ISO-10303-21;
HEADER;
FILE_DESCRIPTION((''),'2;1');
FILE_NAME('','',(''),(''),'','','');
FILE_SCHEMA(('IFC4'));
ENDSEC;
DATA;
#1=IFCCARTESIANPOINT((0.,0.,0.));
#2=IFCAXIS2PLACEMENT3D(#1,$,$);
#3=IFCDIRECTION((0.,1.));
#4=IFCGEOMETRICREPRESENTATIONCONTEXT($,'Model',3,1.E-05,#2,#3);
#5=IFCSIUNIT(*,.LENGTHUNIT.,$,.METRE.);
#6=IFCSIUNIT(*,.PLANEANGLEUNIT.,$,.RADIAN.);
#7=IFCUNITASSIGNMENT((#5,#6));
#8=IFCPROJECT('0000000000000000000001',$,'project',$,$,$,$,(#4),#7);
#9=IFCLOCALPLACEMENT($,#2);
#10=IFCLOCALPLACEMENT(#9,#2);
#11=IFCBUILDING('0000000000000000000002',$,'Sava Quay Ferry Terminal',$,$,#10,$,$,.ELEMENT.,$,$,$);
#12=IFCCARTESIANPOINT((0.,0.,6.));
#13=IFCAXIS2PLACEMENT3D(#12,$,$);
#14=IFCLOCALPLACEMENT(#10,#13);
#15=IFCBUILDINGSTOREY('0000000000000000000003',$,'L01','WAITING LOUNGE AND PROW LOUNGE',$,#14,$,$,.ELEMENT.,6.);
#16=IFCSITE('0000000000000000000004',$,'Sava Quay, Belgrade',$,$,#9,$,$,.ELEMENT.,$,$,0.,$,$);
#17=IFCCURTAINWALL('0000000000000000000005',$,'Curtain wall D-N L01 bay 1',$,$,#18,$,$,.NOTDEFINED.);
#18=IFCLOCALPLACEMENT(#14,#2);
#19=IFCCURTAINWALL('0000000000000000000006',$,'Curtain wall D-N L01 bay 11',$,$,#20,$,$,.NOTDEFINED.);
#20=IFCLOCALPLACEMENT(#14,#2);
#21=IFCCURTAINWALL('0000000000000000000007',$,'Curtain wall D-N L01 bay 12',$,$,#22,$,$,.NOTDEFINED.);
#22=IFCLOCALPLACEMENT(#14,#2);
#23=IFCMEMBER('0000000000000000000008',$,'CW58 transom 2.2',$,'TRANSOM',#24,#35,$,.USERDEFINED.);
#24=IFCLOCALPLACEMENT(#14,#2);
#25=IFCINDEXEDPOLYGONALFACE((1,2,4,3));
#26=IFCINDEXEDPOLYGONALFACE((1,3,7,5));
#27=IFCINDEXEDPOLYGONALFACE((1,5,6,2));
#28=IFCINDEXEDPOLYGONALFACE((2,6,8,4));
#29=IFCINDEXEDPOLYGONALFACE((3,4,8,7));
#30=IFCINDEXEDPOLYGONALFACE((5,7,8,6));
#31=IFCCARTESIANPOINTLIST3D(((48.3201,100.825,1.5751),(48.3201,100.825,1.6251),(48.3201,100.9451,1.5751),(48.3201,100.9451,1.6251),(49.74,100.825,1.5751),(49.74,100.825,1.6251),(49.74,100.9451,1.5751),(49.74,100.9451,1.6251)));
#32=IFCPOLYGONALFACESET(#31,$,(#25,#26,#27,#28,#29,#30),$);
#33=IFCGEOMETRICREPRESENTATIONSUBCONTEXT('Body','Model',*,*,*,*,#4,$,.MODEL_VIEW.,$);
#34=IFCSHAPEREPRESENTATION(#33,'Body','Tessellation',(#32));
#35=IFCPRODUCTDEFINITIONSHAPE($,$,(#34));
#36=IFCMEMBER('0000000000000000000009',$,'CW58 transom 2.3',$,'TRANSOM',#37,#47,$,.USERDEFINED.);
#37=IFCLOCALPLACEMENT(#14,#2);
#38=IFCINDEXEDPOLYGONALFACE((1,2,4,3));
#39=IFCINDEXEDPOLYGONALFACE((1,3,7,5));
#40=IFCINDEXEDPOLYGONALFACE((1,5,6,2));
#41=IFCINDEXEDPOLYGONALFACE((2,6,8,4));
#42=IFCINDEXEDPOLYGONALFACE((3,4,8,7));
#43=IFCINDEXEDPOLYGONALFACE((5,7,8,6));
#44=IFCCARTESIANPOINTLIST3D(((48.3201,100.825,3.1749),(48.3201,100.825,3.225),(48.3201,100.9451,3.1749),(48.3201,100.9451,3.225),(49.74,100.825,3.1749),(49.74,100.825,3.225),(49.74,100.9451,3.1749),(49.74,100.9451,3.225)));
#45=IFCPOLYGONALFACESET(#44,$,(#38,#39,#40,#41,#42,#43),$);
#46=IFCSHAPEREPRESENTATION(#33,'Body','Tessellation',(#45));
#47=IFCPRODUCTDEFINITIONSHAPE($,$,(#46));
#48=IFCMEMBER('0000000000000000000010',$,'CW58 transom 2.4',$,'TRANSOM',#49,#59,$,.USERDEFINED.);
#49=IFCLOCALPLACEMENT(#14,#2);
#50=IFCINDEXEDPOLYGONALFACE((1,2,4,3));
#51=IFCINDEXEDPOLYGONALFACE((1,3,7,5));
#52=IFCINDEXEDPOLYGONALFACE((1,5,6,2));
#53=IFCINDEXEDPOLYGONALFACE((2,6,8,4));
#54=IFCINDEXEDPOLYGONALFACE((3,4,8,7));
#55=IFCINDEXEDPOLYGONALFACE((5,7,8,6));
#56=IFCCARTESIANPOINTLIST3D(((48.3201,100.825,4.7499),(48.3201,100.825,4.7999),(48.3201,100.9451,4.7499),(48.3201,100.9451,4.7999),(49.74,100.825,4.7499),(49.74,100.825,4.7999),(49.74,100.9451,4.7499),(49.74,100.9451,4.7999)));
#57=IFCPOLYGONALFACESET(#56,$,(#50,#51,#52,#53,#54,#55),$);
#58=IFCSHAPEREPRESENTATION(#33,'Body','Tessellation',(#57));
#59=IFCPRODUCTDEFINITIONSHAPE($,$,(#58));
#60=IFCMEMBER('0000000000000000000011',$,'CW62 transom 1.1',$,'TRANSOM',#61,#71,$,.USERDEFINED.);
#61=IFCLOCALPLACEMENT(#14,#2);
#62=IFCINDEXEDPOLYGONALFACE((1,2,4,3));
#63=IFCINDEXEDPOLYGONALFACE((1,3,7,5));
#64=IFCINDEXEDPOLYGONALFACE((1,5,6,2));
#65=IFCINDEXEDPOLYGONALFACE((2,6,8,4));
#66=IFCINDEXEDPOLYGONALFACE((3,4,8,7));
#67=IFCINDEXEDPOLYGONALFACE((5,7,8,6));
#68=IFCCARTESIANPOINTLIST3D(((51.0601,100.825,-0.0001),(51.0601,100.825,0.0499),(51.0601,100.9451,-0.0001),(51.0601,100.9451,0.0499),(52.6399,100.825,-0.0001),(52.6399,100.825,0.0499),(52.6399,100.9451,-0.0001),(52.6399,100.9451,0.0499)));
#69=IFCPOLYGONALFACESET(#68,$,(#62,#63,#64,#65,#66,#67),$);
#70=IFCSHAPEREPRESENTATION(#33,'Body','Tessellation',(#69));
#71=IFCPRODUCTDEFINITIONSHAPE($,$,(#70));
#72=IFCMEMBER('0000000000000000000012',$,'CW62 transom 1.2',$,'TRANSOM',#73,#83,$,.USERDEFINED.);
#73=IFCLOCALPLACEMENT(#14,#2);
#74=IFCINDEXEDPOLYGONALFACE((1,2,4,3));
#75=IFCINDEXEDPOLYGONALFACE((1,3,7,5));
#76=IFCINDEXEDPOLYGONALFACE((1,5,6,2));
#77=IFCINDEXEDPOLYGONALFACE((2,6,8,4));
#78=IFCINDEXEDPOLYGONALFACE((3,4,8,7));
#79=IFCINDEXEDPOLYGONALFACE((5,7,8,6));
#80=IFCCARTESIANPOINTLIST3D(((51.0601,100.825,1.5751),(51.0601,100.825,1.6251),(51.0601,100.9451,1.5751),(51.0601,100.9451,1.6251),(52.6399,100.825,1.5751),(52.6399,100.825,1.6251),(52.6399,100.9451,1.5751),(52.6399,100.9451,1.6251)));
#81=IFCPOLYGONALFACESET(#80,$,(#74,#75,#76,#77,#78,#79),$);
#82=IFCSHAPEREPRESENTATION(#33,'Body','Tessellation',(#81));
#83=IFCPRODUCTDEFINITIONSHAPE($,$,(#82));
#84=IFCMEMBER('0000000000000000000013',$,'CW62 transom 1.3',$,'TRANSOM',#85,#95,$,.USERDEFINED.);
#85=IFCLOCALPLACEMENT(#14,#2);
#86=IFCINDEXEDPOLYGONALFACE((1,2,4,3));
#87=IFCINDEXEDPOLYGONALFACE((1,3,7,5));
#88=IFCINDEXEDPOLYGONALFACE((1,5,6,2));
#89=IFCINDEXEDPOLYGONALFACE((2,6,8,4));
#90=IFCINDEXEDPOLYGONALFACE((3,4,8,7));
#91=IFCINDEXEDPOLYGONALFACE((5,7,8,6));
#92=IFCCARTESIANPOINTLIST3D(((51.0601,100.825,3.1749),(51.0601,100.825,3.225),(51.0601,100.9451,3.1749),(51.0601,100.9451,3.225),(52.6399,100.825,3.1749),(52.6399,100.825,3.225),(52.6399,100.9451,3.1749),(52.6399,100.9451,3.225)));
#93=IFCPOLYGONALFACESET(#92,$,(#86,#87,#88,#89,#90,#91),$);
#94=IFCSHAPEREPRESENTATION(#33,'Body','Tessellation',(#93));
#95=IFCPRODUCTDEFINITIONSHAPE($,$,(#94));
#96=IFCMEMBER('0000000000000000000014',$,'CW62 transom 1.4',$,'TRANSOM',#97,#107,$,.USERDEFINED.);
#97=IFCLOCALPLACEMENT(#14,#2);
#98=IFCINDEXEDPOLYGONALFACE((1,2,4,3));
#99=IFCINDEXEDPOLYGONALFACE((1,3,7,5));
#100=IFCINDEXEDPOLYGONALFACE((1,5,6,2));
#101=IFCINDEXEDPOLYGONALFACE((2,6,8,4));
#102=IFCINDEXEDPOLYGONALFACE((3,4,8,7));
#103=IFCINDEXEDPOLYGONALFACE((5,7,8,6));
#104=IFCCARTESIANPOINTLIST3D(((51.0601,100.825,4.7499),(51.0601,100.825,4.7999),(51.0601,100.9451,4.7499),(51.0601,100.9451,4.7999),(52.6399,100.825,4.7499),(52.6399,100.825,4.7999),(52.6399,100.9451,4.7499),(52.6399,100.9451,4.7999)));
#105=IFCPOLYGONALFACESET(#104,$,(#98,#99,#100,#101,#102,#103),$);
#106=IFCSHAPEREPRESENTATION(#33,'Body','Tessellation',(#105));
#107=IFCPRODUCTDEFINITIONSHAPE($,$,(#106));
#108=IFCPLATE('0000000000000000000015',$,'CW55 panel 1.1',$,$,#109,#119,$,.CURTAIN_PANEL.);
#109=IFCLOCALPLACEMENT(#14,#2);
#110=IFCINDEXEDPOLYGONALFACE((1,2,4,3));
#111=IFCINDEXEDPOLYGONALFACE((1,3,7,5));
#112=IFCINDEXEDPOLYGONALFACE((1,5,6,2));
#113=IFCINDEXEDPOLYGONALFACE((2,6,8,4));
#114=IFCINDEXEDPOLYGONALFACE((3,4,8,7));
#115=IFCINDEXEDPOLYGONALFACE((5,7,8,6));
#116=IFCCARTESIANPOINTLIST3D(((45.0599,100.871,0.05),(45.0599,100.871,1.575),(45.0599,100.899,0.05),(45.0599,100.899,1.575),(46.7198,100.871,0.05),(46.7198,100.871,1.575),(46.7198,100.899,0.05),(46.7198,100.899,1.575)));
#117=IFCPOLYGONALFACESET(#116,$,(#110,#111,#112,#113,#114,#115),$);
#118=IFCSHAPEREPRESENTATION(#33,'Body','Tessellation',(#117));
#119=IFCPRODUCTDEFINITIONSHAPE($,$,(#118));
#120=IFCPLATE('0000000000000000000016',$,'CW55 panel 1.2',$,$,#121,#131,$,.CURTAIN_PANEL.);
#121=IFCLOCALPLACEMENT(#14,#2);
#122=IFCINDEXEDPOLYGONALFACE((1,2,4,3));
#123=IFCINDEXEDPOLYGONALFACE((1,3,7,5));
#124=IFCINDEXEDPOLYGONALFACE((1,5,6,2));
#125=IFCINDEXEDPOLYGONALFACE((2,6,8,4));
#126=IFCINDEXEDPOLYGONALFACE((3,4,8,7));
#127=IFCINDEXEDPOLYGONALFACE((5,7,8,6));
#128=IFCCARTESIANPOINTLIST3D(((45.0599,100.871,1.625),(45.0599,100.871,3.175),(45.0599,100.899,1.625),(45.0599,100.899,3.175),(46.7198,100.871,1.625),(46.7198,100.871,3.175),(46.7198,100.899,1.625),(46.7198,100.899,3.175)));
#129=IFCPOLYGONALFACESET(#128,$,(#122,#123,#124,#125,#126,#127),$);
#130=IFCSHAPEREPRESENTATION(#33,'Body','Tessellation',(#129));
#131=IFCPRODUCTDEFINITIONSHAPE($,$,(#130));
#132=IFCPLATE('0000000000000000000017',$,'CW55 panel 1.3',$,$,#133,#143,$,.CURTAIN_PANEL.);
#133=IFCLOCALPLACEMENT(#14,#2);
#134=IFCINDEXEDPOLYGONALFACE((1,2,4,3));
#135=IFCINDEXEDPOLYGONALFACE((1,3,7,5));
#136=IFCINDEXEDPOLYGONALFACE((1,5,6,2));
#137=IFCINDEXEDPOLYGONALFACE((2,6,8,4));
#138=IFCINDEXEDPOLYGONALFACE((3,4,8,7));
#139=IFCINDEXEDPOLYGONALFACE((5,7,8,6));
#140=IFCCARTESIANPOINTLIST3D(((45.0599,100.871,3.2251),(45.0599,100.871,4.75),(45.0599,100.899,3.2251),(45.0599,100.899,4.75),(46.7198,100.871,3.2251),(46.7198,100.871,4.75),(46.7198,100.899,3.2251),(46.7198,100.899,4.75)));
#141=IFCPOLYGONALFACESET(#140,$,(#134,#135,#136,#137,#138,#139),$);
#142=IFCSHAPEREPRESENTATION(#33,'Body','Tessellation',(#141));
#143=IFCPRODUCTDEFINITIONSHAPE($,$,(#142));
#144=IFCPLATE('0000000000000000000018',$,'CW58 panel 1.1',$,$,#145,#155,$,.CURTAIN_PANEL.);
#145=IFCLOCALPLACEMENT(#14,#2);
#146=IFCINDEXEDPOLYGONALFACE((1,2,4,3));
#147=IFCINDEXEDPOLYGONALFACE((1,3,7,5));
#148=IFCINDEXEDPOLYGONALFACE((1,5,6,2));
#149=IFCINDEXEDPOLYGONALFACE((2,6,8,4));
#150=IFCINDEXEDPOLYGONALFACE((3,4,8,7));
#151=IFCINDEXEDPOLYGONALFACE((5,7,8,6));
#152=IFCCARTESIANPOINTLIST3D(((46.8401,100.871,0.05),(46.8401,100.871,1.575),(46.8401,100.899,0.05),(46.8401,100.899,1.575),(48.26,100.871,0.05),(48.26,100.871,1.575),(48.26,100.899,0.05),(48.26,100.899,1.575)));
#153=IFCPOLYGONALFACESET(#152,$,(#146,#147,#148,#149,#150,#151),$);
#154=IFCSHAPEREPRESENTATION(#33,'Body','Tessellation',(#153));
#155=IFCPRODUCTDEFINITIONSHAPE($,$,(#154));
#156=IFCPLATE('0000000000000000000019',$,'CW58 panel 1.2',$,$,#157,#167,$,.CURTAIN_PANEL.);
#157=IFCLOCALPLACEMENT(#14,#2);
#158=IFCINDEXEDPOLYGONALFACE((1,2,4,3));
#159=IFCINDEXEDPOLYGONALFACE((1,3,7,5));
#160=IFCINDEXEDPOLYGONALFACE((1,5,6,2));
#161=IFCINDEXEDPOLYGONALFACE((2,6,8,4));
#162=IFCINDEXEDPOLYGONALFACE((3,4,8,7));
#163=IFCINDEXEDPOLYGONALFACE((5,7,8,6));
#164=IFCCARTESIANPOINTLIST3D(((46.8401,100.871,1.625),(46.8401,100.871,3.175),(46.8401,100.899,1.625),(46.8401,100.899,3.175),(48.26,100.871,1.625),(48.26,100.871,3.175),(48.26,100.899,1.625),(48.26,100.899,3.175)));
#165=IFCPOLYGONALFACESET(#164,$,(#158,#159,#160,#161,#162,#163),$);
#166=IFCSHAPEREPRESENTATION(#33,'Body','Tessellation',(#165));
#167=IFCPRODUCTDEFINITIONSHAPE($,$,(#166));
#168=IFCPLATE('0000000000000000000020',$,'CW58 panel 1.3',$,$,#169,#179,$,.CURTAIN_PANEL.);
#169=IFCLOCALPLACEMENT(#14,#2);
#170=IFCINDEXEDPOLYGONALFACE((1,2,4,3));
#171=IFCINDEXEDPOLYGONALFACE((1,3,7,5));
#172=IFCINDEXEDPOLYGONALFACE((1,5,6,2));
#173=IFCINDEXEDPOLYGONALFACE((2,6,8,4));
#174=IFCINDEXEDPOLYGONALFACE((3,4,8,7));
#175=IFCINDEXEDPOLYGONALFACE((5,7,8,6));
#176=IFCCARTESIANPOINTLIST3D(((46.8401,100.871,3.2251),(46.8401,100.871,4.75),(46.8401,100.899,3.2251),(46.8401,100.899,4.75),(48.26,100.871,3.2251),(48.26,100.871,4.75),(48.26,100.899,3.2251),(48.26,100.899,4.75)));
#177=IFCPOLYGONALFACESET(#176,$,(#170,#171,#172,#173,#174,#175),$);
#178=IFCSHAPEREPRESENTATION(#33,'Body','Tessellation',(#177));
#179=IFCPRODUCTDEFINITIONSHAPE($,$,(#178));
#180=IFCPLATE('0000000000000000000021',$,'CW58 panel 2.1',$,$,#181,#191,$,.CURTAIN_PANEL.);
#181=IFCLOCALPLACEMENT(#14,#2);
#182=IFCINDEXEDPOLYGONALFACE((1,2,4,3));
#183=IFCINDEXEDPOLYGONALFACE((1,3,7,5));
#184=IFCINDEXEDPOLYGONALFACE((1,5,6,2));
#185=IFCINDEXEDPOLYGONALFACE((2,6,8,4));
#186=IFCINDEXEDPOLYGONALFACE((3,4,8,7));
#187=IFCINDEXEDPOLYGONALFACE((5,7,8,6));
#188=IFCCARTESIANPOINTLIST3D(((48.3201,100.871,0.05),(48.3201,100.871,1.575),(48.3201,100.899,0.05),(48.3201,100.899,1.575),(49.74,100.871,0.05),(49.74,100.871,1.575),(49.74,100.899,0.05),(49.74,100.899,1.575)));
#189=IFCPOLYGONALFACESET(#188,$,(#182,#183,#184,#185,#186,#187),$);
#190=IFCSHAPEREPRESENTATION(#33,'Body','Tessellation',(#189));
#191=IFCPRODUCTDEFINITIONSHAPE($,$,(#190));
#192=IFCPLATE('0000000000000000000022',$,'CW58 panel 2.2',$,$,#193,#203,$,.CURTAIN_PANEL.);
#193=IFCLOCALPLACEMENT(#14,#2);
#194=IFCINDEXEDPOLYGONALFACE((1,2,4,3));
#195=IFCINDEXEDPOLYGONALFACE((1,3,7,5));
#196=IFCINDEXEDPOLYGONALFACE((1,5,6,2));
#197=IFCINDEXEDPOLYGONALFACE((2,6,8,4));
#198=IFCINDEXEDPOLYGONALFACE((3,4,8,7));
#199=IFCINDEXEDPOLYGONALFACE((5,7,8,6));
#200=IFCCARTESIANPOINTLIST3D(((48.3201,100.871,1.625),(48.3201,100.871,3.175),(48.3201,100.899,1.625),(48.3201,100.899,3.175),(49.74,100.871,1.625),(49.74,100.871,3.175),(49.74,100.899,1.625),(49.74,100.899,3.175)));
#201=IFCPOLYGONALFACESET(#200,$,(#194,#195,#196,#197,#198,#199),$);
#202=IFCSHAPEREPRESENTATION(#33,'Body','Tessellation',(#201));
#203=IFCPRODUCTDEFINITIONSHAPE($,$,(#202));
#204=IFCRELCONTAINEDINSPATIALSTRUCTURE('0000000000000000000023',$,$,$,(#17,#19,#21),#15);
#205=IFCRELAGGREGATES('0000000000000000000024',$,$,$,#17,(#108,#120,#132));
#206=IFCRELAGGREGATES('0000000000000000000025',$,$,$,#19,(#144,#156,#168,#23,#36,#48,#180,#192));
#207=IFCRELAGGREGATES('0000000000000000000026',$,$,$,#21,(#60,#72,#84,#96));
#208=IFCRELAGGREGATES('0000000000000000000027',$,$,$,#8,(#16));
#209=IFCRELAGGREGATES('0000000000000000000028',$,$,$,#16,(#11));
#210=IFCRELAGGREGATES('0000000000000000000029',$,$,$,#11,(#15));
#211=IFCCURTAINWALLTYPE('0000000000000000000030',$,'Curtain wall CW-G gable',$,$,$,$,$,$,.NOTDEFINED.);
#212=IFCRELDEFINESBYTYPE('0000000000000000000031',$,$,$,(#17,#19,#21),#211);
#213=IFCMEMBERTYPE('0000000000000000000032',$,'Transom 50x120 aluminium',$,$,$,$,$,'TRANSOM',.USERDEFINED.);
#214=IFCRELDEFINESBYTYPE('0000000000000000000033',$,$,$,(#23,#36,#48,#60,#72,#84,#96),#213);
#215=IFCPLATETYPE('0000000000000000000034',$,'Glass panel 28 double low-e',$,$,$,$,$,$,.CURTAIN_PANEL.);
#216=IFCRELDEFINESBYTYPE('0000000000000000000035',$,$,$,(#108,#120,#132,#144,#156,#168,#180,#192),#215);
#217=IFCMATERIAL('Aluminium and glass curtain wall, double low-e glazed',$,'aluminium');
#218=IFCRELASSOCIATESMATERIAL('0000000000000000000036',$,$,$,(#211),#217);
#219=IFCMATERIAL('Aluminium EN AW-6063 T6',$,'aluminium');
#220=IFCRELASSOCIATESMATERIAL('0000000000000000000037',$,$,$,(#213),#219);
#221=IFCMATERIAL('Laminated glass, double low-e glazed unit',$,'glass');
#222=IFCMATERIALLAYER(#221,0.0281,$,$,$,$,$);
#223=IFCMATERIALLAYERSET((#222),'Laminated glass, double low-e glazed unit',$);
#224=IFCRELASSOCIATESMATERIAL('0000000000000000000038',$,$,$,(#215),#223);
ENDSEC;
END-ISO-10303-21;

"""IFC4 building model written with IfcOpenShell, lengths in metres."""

from ifc_helpers import new_model, si_unit, direction, frame, origin, origin_2d, place, context, subcontext, project, spatial, rectangle, extrude, material, layer, layer_set, material_profile, profile_set, type_object, element, aggregate, save


model = new_model("IFC4")

# Units and contexts
model_context = context("Model", 3, precision=1e-05, world=origin(), true_north=direction((0.0, 1.0)))
body_context = subcontext(model_context, "Body", "Model", "MODEL_VIEW")
ifc_project = project(units=[si_unit("LENGTHUNIT", "METRE"), si_unit("PLANEANGLEUNIT", "RADIAN")], contexts=[model_context])

# Site, building, storey
site_placement = place(None, origin())
site = spatial("IfcSite", under=ifc_project, at=site_placement, Name="Sava Quay, Belgrade", CompositionType="ELEMENT", RefElevation=0.0)
building_placement = place(site_placement, origin())
building = spatial("IfcBuilding", under=site, at=building_placement, Name="Sava Quay Ferry Terminal", CompositionType="ELEMENT")
storey_placement = place(building_placement, frame((0.0, 0.0, 6.0)))
storey = spatial("IfcBuildingStorey", under=building, at=storey_placement, Name="L01", Description="WAITING LOUNGE AND PROW LOUNGE", CompositionType="ELEMENT", Elevation=6.0)

# Curtain walls
ifc_material_1 = material(Name="Aluminium and glass curtain wall, double low-e glazed", Category="aluminium")
curtain_wall_type = type_object("IfcCurtainWallType", Name="Curtain wall CW-G gable", PredefinedType="NOTDEFINED", material=ifc_material_1)
curtain_wall_1_placement = place(storey_placement, origin())
curtain_wall_1 = element("IfcCurtainWall", 1, at=curtain_wall_1_placement, inside=storey, type_object=curtain_wall_type, Name="Curtain wall D-N L01 bay 1", PredefinedType="NOTDEFINED")
curtain_wall_2_placement = place(storey_placement, origin())
curtain_wall_2 = element("IfcCurtainWall", 2, at=curtain_wall_2_placement, inside=storey, type_object=curtain_wall_type, Name="Curtain wall D-N L01 bay 11", PredefinedType="NOTDEFINED")
curtain_wall_3_placement = place(storey_placement, origin())
curtain_wall_3 = element("IfcCurtainWall", 3, at=curtain_wall_3_placement, inside=storey, type_object=curtain_wall_type, Name="Curtain wall D-N L01 bay 12", PredefinedType="NOTDEFINED")

# Members
ifc_material_2 = material(Name="Aluminium EN AW-6063 T6", Category="aluminium")
ifc_material_profile_1 = material_profile(ifc_material_2, rectangle(XDim=0.1201, YDim=0.05, at=origin_2d()), Name="Transom 50x120 aluminium")
ifc_profile_set_1 = profile_set([ifc_material_profile_1], Name="Aluminium EN AW-6063 T6")
member_type_1 = type_object("IfcMemberType", Name="Transom 50x120 aluminium", ElementType="TRANSOM", PredefinedType="USERDEFINED", material=ifc_profile_set_1)
member_1_placement = place(storey_placement, frame((48.3201, 100.885, 1.6001), z_axis=(1.0, 0.0, 0.0), x_axis=(0.0, 1.0, 0.0)))
member_1 = element("IfcMember", 4, at=member_1_placement, type_object=member_type_1, Name="CW58 transom 2.2", ObjectType="TRANSOM", PredefinedType="USERDEFINED", context=body_context, shape_type="SweptSolid", body=[
    extrude(rectangle(XDim=0.1201, YDim=0.05, at=origin_2d()), origin(), (0.0, 0.0, 1.0), 1.4199),
])
member_2_placement = place(storey_placement, frame((48.3201, 100.885, 3.2), z_axis=(1.0, 0.0, 0.0), x_axis=(0.0, 1.0, 0.0)))
member_2 = element("IfcMember", 5, at=member_2_placement, type_object=member_type_1, Name="CW58 transom 2.3", ObjectType="TRANSOM", PredefinedType="USERDEFINED", context=body_context, shape_type="SweptSolid", body=[
    extrude(rectangle(XDim=0.1201, YDim=0.05, at=origin_2d()), origin(), (0.0, 0.0, 1.0), 1.4199),
])
member_3_placement = place(storey_placement, frame((48.3201, 100.885, 4.7749), z_axis=(1.0, 0.0, 0.0), x_axis=(0.0, 1.0, 0.0)))
member_3 = element("IfcMember", 6, at=member_3_placement, type_object=member_type_1, Name="CW58 transom 2.4", ObjectType="TRANSOM", PredefinedType="USERDEFINED", context=body_context, shape_type="SweptSolid", body=[
    extrude(rectangle(XDim=0.1201, YDim=0.05, at=origin_2d()), origin(), (0.0, 0.0, 1.0), 1.4199),
])
member_4_placement = place(storey_placement, frame((51.0601, 100.885, 0.0249), z_axis=(1.0, 0.0, 0.0), x_axis=(0.0, 1.0, 0.0)))
member_4 = element("IfcMember", 7, at=member_4_placement, type_object=member_type_1, Name="CW62 transom 1.1", ObjectType="TRANSOM", PredefinedType="USERDEFINED", context=body_context, shape_type="SweptSolid", body=[
    extrude(rectangle(XDim=0.1201, YDim=0.05, at=origin_2d()), origin(), (0.0, 0.0, 1.0), 1.5798),
])
member_5_placement = place(storey_placement, frame((51.0601, 100.885, 1.6001), z_axis=(1.0, 0.0, 0.0), x_axis=(0.0, 1.0, 0.0)))
member_5 = element("IfcMember", 8, at=member_5_placement, type_object=member_type_1, Name="CW62 transom 1.2", ObjectType="TRANSOM", PredefinedType="USERDEFINED", context=body_context, shape_type="SweptSolid", body=[
    extrude(rectangle(XDim=0.1201, YDim=0.05, at=origin_2d()), origin(), (0.0, 0.0, 1.0), 1.5798),
])
member_6_placement = place(storey_placement, frame((51.0601, 100.885, 3.2), z_axis=(1.0, 0.0, 0.0), x_axis=(0.0, 1.0, 0.0)))
member_6 = element("IfcMember", 9, at=member_6_placement, type_object=member_type_1, Name="CW62 transom 1.3", ObjectType="TRANSOM", PredefinedType="USERDEFINED", context=body_context, shape_type="SweptSolid", body=[
    extrude(rectangle(XDim=0.1201, YDim=0.05, at=origin_2d()), origin(), (0.0, 0.0, 1.0), 1.5798),
])
member_7_placement = place(storey_placement, frame((51.0601, 100.885, 4.7749), z_axis=(1.0, 0.0, 0.0), x_axis=(0.0, 1.0, 0.0)))
member_7 = element("IfcMember", 10, at=member_7_placement, type_object=member_type_1, Name="CW62 transom 1.4", ObjectType="TRANSOM", PredefinedType="USERDEFINED", context=body_context, shape_type="SweptSolid", body=[
    extrude(rectangle(XDim=0.1201, YDim=0.05, at=origin_2d()), origin(), (0.0, 0.0, 1.0), 1.5798),
])

# Plates
ifc_material_3 = material(Name="Laminated glass, double low-e glazed unit", Category="glass")
ifc_layer_1 = layer(ifc_material_3, 0.0281)
ifc_layer_set_1 = layer_set([ifc_layer_1], Name="Laminated glass, double low-e glazed unit")
plate_type = type_object("IfcPlateType", Name="Glass panel 28 double low-e", PredefinedType="CURTAIN_PANEL", material=ifc_layer_set_1)
plate_1_placement = place(storey_placement, frame((45.8899, 100.885, 0.05), z_axis=(0.0, 0.0, 1.0), x_axis=(1.0, 0.0, 0.0)))
plate_1 = element("IfcPlate", 11, at=plate_1_placement, type_object=plate_type, Name="CW55 panel 1.1", PredefinedType="CURTAIN_PANEL", context=body_context, shape_type="SweptSolid", body=[
    extrude(rectangle(XDim=1.6599, YDim=0.0281, at=origin_2d()), origin(), (0.0, 0.0, 1.0), 1.5249),
])
plate_2_placement = place(storey_placement, frame((45.8899, 100.885, 1.625), z_axis=(0.0, 0.0, 1.0), x_axis=(1.0, 0.0, 0.0)))
plate_2 = element("IfcPlate", 12, at=plate_2_placement, type_object=plate_type, Name="CW55 panel 1.2", PredefinedType="CURTAIN_PANEL", context=body_context, shape_type="SweptSolid", body=[
    extrude(rectangle(XDim=1.6599, YDim=0.0281, at=origin_2d()), origin(), (0.0, 0.0, 1.0), 1.55),
])
plate_3_placement = place(storey_placement, frame((45.8899, 100.885, 3.2251), z_axis=(0.0, 0.0, 1.0), x_axis=(1.0, 0.0, 0.0)))
plate_3 = element("IfcPlate", 13, at=plate_3_placement, type_object=plate_type, Name="CW55 panel 1.3", PredefinedType="CURTAIN_PANEL", context=body_context, shape_type="SweptSolid", body=[
    extrude(rectangle(XDim=1.6599, YDim=0.0281, at=origin_2d()), origin(), (0.0, 0.0, 1.0), 1.5249),
])
aggregate(curtain_wall_1, [plate_1, plate_2, plate_3])
plate_4_placement = place(storey_placement, frame((47.55, 100.885, 0.05), z_axis=(0.0, 0.0, 1.0), x_axis=(1.0, 0.0, 0.0)))
plate_4 = element("IfcPlate", 14, at=plate_4_placement, type_object=plate_type, Name="CW58 panel 1.1", PredefinedType="CURTAIN_PANEL", context=body_context, shape_type="SweptSolid", body=[
    extrude(rectangle(XDim=1.4199, YDim=0.0281, at=origin_2d()), origin(), (0.0, 0.0, 1.0), 1.5249),
])
plate_5_placement = place(storey_placement, frame((47.55, 100.885, 1.625), z_axis=(0.0, 0.0, 1.0), x_axis=(1.0, 0.0, 0.0)))
plate_5 = element("IfcPlate", 15, at=plate_5_placement, type_object=plate_type, Name="CW58 panel 1.2", PredefinedType="CURTAIN_PANEL", context=body_context, shape_type="SweptSolid", body=[
    extrude(rectangle(XDim=1.4199, YDim=0.0281, at=origin_2d()), origin(), (0.0, 0.0, 1.0), 1.55),
])
plate_6_placement = place(storey_placement, frame((47.55, 100.885, 3.2251), z_axis=(0.0, 0.0, 1.0), x_axis=(1.0, 0.0, 0.0)))
plate_6 = element("IfcPlate", 16, at=plate_6_placement, type_object=plate_type, Name="CW58 panel 1.3", PredefinedType="CURTAIN_PANEL", context=body_context, shape_type="SweptSolid", body=[
    extrude(rectangle(XDim=1.4199, YDim=0.0281, at=origin_2d()), origin(), (0.0, 0.0, 1.0), 1.5249),
])
plate_7_placement = place(storey_placement, frame((49.03, 100.885, 0.05), z_axis=(0.0, 0.0, 1.0), x_axis=(1.0, 0.0, 0.0)))
plate_7 = element("IfcPlate", 17, at=plate_7_placement, type_object=plate_type, Name="CW58 panel 2.1", PredefinedType="CURTAIN_PANEL", context=body_context, shape_type="SweptSolid", body=[
    extrude(rectangle(XDim=1.4199, YDim=0.0281, at=origin_2d()), origin(), (0.0, 0.0, 1.0), 1.5249),
])
plate_8_placement = place(storey_placement, frame((49.03, 100.885, 1.625), z_axis=(0.0, 0.0, 1.0), x_axis=(1.0, 0.0, 0.0)))
plate_8 = element("IfcPlate", 18, at=plate_8_placement, type_object=plate_type, Name="CW58 panel 2.2", PredefinedType="CURTAIN_PANEL", context=body_context, shape_type="SweptSolid", body=[
    extrude(rectangle(XDim=1.4199, YDim=0.0281, at=origin_2d()), origin(), (0.0, 0.0, 1.0), 1.55),
])
aggregate(curtain_wall_2, [plate_4, plate_5, plate_6, member_1, member_2, member_3, plate_7, plate_8])
aggregate(curtain_wall_3, [member_4, member_5, member_6, member_7])

save(model, "model.ifc")
